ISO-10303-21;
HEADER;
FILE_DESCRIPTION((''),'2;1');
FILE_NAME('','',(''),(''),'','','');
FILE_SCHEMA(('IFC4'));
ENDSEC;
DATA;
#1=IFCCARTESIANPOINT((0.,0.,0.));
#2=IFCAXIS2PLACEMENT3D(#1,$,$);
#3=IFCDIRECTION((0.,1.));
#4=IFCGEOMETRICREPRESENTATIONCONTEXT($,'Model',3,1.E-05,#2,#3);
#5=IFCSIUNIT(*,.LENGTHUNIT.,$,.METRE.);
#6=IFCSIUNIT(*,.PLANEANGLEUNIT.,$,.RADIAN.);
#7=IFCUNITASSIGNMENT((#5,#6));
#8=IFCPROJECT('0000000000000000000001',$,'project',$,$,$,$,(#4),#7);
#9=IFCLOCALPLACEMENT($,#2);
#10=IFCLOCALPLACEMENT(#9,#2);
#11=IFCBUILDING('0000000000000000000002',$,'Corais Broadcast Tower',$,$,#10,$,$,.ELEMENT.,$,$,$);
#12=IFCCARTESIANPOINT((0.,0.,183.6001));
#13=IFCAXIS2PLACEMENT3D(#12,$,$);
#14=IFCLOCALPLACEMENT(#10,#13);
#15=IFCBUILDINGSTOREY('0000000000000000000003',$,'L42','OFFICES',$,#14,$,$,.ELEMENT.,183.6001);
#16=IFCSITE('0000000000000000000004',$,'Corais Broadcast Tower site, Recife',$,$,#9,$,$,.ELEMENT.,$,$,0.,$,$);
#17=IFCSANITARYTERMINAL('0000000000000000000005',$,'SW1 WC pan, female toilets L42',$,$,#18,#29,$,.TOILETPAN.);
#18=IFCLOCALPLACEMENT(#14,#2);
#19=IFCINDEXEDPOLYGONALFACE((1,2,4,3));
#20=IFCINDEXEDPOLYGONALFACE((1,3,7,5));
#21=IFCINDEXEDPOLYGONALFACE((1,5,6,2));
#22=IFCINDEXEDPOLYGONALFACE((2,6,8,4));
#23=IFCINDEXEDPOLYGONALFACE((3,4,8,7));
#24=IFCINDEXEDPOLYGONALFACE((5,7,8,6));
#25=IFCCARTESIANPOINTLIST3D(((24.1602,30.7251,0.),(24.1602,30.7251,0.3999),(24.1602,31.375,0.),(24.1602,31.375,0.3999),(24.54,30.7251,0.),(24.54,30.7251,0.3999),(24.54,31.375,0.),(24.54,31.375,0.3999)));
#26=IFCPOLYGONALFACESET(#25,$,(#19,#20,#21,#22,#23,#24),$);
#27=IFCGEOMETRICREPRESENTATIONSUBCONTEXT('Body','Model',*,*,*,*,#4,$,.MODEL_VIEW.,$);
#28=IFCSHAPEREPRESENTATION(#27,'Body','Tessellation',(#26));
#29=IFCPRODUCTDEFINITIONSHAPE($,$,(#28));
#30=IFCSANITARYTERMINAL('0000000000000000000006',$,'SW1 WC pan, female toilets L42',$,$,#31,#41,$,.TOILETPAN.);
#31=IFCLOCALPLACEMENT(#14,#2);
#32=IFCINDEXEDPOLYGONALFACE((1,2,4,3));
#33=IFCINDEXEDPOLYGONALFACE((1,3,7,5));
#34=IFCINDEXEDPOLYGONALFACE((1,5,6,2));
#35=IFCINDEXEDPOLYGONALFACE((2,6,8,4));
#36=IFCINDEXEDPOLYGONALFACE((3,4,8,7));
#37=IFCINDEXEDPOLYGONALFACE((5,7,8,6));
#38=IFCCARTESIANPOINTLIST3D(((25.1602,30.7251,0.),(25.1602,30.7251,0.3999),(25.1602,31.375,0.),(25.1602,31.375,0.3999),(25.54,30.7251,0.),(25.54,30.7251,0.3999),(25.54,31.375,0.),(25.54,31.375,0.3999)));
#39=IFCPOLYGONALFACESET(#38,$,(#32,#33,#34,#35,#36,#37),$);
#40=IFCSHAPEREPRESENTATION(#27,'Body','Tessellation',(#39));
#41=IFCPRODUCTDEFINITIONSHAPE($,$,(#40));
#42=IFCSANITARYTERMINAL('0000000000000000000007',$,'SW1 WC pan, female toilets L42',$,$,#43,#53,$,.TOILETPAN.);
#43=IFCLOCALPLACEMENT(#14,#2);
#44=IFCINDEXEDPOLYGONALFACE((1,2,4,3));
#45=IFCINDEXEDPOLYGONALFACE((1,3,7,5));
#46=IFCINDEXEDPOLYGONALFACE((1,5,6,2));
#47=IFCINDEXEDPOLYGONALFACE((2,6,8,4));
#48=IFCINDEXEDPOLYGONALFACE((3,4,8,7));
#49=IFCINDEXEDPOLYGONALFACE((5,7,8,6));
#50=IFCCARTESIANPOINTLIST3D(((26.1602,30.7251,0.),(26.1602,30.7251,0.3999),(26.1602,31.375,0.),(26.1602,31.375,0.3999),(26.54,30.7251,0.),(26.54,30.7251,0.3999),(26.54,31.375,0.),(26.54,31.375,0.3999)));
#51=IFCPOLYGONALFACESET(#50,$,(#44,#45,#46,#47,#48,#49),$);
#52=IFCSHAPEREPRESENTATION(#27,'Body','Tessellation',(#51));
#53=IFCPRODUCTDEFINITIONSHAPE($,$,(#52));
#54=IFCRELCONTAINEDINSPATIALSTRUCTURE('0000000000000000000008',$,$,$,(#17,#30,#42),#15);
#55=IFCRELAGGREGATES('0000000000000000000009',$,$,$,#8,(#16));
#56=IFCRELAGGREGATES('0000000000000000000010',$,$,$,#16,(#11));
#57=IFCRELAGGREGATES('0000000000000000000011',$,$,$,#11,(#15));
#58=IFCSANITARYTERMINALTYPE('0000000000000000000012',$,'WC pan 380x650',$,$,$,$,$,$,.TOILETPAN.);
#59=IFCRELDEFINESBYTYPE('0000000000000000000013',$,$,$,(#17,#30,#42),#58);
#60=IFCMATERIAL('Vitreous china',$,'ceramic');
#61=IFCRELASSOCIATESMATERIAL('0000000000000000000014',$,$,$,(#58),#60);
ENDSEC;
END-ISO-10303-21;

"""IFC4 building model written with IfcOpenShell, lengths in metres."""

from ifc_helpers import new_model, si_unit, direction, frame, origin, origin_2d, place, context, subcontext, project, spatial, rectangle, extrude, material, type_object, element, save


model = new_model("IFC4")

# Units and contexts
model_context = context("Model", 3, precision=1e-05, world=origin(), true_north=direction((0.0, 1.0)))
body_context = subcontext(model_context, "Body", "Model", "MODEL_VIEW")
ifc_project = project(units=[si_unit("LENGTHUNIT", "METRE"), si_unit("PLANEANGLEUNIT", "RADIAN")], contexts=[model_context])

# Site, building, storey
site_placement = place(None, origin())
site = spatial("IfcSite", under=ifc_project, at=site_placement, Name="Corais Broadcast Tower site, Recife", CompositionType="ELEMENT", RefElevation=0.0)
building_placement = place(site_placement, origin())
building = spatial("IfcBuilding", under=site, at=building_placement, Name="Corais Broadcast Tower", CompositionType="ELEMENT")
storey_placement = place(building_placement, frame((0.0, 0.0, 183.6001)))
storey = spatial("IfcBuildingStorey", under=building, at=storey_placement, Name="L42", Description="OFFICES", CompositionType="ELEMENT", Elevation=183.6001)

# Sanitary terminals
ifc_material_1 = material(Name="Vitreous china", Category="ceramic")
sanitary_terminal_type = type_object("IfcSanitaryTerminalType", Name="WC pan 380x650", PredefinedType="TOILETPAN", material=ifc_material_1)
for number, where, z_axis, x_axis, name in (
    (1, (24.3501, 31.05, 0.0), (0.0, 0.0, 1.0), (1.0, 0.0, 0.0), "SW1 WC pan, female toilets L42"),
    (2, (25.3501, 31.05, 0.0), (0.0, 0.0, 1.0), (1.0, 0.0, 0.0), "SW1 WC pan, female toilets L42"),
    (3, (26.3501, 31.05, 0.0), (0.0, 0.0, 1.0), (1.0, 0.0, 0.0), "SW1 WC pan, female toilets L42"),
):
    element("IfcSanitaryTerminal", number, at=place(storey_placement, frame(where, z_axis=z_axis, x_axis=x_axis)), inside=storey, type_object=sanitary_terminal_type, Name=name, PredefinedType="TOILETPAN", context=body_context, shape_type="SweptSolid", body=[
        extrude(rectangle(XDim=0.3799, YDim=0.6499, at=origin_2d()), origin(), (0.0, 0.0, 1.0), 0.3999),
    ])

save(model, "model.ifc")
